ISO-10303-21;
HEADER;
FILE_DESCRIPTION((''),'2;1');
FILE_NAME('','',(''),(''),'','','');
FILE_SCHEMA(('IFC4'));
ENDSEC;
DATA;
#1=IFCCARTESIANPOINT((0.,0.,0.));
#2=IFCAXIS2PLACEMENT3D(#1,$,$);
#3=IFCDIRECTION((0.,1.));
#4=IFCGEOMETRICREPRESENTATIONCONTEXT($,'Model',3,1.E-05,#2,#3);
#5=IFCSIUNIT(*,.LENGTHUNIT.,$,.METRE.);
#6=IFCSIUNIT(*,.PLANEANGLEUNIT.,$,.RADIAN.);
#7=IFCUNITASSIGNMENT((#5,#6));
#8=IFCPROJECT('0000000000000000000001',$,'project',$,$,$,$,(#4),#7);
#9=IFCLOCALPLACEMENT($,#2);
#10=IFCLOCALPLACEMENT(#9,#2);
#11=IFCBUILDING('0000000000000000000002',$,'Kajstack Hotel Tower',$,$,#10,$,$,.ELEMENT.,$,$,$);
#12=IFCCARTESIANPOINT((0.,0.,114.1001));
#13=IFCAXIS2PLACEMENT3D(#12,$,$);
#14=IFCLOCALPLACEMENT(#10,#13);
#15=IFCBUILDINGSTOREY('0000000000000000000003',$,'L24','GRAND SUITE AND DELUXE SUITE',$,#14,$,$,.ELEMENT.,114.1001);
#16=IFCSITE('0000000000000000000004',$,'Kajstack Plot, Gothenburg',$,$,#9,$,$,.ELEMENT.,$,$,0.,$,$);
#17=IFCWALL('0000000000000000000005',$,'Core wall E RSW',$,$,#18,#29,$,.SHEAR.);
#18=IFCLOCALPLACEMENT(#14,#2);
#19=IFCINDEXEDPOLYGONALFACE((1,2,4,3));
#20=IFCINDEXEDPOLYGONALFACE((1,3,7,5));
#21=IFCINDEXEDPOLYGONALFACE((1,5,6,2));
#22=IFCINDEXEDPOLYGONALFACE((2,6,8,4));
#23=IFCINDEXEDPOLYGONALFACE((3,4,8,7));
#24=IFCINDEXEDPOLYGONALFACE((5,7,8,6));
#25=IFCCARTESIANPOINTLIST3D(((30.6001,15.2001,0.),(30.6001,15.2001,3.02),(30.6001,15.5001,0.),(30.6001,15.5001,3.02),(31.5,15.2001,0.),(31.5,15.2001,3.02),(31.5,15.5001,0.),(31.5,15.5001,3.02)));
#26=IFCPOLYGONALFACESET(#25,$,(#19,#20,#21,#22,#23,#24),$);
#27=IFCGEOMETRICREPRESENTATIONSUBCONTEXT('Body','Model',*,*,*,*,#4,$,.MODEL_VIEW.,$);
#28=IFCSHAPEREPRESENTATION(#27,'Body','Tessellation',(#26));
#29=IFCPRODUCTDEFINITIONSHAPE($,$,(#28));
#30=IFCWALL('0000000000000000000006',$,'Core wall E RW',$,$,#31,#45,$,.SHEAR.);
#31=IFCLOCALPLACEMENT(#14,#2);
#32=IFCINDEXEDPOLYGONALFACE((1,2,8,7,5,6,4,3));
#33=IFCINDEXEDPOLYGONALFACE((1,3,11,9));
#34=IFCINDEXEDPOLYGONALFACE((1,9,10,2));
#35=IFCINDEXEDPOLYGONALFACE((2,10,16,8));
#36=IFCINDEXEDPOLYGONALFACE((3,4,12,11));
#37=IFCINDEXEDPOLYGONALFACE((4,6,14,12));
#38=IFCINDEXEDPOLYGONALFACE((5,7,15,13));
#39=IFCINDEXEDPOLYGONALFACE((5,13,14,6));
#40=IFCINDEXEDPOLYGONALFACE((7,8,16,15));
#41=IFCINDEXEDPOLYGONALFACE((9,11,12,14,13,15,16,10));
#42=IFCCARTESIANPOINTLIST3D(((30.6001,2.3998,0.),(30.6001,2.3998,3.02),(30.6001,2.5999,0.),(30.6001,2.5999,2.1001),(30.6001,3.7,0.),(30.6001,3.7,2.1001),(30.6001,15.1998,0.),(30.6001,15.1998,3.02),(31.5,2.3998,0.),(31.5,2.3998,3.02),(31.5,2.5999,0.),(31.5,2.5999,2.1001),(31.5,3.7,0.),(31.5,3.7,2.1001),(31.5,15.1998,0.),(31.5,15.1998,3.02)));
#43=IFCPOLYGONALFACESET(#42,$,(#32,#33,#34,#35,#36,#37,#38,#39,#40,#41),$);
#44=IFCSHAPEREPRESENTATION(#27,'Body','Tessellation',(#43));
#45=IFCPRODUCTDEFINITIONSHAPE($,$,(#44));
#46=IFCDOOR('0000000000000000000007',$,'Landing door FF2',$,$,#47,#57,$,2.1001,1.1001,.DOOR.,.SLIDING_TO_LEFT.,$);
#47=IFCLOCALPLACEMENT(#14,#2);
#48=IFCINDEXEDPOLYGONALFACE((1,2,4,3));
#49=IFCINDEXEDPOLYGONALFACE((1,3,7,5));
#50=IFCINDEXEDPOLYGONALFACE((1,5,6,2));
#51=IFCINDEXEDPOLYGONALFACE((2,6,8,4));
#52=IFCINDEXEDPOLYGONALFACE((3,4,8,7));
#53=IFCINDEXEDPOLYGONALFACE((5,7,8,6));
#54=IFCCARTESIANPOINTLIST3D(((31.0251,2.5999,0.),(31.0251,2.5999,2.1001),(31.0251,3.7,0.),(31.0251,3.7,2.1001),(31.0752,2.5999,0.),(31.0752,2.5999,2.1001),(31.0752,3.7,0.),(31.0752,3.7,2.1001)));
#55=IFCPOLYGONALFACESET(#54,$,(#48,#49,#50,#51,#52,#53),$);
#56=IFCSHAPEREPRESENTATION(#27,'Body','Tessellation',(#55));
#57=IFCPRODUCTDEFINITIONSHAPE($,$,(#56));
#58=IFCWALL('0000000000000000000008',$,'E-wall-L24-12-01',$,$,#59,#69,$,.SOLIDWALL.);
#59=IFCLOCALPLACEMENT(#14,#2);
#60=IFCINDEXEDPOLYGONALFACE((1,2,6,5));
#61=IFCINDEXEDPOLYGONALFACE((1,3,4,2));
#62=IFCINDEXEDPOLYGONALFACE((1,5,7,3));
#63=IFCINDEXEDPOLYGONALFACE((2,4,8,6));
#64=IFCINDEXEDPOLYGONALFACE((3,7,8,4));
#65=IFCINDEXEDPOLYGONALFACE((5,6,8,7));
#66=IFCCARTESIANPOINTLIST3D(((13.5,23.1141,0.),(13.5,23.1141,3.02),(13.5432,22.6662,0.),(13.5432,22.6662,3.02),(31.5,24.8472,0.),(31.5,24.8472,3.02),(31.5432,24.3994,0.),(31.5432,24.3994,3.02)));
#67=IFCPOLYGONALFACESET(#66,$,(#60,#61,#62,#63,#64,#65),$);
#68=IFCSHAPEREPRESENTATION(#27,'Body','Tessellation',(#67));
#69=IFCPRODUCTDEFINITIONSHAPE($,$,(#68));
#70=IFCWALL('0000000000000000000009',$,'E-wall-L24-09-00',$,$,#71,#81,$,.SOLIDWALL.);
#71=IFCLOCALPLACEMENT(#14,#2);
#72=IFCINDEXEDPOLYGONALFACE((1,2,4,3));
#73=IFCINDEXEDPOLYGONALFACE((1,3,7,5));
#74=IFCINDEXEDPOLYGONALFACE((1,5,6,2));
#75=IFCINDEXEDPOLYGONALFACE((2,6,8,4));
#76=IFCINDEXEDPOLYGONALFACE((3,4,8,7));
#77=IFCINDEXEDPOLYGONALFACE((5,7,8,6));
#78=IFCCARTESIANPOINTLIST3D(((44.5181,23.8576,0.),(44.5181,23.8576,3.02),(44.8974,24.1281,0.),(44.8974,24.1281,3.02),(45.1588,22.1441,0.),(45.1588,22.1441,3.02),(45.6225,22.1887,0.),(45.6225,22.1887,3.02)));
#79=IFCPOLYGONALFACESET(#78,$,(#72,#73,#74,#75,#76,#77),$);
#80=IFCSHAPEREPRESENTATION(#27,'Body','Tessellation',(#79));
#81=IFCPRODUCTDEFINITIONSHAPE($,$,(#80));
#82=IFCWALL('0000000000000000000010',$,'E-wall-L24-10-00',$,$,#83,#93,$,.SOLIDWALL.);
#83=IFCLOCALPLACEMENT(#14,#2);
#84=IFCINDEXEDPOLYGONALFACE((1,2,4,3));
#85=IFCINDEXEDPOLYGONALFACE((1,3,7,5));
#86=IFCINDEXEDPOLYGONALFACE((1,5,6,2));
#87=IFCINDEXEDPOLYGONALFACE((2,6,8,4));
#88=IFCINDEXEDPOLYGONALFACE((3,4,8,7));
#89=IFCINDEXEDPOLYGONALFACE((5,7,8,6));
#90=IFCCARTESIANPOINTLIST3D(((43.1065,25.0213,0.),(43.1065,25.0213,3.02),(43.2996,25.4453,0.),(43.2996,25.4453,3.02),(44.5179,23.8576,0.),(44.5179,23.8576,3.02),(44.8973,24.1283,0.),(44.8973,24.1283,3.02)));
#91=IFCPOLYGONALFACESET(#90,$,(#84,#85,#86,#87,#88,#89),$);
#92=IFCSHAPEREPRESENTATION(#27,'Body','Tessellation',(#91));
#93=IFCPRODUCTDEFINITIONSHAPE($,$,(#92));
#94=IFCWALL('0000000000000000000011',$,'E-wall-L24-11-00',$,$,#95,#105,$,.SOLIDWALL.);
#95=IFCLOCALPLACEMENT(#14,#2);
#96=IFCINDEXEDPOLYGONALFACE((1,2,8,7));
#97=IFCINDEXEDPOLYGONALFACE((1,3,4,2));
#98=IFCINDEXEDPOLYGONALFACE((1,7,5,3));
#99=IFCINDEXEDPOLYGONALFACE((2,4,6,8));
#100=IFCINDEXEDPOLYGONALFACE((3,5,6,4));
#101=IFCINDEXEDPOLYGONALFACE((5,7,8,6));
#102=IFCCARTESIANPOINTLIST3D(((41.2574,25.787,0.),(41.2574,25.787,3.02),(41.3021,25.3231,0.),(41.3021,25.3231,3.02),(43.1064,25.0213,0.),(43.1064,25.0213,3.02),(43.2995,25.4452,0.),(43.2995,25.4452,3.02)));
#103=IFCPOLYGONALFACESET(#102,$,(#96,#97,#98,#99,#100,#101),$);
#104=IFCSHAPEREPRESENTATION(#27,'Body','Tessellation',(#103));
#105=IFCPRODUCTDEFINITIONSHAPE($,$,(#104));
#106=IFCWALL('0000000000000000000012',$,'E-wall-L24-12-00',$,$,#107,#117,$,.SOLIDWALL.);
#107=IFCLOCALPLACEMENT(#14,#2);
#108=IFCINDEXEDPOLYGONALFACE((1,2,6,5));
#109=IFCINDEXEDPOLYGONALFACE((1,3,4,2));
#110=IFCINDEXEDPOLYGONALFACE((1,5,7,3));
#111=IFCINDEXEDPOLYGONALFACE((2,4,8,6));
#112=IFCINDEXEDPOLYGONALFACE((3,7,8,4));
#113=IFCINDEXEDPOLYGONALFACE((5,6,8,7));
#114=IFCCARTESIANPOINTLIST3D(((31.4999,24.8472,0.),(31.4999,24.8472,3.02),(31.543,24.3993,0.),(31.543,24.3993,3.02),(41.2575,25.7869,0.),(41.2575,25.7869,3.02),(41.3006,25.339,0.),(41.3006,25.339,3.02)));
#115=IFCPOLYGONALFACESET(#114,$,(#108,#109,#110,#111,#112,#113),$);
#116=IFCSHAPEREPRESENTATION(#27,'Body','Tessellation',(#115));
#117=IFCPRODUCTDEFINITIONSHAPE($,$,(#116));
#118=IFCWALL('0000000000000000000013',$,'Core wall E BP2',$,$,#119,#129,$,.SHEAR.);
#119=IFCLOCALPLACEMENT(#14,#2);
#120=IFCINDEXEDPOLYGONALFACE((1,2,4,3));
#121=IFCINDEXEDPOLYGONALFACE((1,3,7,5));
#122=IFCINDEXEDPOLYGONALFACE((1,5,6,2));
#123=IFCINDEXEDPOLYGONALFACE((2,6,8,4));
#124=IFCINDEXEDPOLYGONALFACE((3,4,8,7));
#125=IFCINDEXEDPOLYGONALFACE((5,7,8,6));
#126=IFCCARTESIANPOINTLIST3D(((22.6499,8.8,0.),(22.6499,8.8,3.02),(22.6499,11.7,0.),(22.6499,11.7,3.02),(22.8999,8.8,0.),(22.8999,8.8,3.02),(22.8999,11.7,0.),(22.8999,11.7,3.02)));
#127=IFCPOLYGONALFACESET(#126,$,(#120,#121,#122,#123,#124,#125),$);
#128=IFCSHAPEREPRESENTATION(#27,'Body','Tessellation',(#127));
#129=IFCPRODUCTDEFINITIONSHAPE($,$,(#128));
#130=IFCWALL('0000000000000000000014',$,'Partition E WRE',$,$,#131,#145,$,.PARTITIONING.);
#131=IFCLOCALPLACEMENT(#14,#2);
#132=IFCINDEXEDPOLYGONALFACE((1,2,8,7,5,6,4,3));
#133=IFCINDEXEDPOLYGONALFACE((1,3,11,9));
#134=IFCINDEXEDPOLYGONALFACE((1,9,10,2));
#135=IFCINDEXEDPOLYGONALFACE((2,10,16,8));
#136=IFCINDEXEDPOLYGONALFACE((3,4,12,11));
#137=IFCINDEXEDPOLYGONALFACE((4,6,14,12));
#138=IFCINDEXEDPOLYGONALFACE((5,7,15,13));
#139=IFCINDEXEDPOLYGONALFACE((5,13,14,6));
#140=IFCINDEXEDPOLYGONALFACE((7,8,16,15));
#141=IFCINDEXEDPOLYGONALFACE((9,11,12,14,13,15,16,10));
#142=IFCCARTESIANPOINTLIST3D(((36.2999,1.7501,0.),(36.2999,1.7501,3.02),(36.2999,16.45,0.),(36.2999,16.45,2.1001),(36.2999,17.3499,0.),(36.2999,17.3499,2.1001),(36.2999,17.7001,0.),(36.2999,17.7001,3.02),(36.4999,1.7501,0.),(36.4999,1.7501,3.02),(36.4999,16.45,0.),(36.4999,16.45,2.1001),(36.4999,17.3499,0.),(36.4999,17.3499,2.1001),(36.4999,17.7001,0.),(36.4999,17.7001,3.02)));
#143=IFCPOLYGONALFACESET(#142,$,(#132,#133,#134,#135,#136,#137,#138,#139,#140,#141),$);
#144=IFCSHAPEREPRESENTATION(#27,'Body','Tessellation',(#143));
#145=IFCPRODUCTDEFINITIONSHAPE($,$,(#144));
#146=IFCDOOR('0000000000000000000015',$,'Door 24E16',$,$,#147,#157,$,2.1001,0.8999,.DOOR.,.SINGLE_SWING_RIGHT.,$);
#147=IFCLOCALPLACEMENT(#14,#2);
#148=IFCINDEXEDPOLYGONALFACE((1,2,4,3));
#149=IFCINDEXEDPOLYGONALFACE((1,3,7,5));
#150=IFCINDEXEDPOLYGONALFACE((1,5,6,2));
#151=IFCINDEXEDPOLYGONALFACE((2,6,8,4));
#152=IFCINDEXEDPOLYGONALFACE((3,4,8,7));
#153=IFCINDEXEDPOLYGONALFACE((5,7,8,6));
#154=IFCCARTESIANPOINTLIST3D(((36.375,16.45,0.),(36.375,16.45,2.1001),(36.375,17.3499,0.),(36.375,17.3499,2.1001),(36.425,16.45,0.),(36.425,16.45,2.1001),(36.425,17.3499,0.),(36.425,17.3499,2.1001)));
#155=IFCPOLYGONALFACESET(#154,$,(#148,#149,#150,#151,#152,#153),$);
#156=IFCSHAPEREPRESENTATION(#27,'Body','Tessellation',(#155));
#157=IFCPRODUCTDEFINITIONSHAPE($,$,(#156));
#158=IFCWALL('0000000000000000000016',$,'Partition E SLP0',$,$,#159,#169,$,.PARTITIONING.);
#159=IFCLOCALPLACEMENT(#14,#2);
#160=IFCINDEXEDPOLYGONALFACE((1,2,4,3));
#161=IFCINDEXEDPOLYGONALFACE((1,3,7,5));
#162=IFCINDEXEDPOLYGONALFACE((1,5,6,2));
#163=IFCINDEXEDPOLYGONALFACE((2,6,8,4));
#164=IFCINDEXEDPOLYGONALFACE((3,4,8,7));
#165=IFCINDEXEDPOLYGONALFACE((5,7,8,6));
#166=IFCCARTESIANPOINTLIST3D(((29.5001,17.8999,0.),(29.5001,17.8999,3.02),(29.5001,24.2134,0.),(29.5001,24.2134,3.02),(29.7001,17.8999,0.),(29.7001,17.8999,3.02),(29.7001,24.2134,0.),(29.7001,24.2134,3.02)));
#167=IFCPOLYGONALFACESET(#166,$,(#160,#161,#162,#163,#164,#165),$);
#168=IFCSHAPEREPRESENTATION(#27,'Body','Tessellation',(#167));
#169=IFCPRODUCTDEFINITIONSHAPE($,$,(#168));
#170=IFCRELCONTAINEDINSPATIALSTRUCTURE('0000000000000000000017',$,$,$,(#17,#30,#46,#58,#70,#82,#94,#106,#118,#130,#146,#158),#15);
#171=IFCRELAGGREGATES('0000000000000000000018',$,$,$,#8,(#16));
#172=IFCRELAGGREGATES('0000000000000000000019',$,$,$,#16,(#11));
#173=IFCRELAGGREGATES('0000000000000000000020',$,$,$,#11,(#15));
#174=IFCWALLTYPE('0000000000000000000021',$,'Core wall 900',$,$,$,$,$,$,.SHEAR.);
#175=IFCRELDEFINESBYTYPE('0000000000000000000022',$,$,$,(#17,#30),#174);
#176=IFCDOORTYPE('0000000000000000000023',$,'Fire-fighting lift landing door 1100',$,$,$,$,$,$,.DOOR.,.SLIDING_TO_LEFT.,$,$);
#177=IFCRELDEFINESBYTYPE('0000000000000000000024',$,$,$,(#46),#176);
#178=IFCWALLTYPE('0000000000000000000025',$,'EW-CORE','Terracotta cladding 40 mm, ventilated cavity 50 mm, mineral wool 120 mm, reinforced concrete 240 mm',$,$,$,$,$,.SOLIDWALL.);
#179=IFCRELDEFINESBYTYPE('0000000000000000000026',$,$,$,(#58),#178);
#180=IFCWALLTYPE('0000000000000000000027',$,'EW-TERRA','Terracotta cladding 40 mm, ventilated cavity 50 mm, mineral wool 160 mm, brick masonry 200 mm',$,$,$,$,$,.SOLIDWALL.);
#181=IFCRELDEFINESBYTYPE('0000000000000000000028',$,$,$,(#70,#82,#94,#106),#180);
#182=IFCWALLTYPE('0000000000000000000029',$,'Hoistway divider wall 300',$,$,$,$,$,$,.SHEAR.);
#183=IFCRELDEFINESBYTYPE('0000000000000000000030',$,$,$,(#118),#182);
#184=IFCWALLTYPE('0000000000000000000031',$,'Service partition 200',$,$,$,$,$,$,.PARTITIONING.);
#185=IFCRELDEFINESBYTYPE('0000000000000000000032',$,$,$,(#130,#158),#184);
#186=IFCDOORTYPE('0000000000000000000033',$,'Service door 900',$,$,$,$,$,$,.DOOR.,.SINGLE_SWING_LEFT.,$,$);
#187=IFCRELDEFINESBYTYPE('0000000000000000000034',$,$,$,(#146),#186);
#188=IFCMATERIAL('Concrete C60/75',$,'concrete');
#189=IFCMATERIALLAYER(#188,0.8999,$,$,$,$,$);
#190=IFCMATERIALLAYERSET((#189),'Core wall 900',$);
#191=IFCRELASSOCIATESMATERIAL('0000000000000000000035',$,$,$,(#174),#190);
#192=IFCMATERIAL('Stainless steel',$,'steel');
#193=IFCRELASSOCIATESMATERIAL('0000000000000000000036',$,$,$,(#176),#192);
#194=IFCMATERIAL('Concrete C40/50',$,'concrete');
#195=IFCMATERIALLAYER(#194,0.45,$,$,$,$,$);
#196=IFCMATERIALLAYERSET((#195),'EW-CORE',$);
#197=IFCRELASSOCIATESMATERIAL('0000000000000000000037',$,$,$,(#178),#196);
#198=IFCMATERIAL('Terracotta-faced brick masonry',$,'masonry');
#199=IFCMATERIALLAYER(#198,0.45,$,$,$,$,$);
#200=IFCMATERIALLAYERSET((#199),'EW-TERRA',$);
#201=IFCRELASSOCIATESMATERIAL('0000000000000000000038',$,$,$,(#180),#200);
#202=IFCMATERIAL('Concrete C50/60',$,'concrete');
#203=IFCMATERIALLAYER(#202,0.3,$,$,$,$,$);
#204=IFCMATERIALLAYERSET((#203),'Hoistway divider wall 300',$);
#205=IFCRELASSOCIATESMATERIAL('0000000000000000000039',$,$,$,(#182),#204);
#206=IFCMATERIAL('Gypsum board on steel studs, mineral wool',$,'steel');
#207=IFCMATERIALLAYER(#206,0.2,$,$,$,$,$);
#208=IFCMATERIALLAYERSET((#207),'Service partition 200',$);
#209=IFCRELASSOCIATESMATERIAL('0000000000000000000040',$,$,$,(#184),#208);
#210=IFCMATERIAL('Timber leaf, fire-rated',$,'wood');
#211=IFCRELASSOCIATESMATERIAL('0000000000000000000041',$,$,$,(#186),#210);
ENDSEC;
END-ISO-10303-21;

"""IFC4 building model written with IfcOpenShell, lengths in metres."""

from ifc_helpers import new_model, si_unit, direction, frame, frame_2d, origin, place, context, subcontext, project, spatial, polyline, rectangle, outline, extrude, material, layer, layer_set, type_object, element, fill, save


model = new_model("IFC4")

# Units and contexts
model_context = context("Model", 3, precision=1e-05, world=origin(), true_north=direction((0.0, 1.0)))
body_context = subcontext(model_context, "Body", "Model", "MODEL_VIEW")
ifc_project = project(units=[si_unit("LENGTHUNIT", "METRE"), si_unit("PLANEANGLEUNIT", "RADIAN")], contexts=[model_context])

# Site, building, storey
site_placement = place(None, origin())
site = spatial("IfcSite", under=ifc_project, at=site_placement, Name="Kajstack Plot, Gothenburg", CompositionType="ELEMENT", RefElevation=0.0)
building_placement = place(site_placement, origin())
building = spatial("IfcBuilding", under=site, at=building_placement, Name="Kajstack Hotel Tower", CompositionType="ELEMENT")
storey_placement = place(building_placement, frame((0.0, 0.0, 114.1001)))
storey = spatial("IfcBuildingStorey", under=building, at=storey_placement, Name="L24", Description="GRAND SUITE AND DELUXE SUITE", CompositionType="ELEMENT", Elevation=114.1001)

# Wall
ifc_material_1 = material(Name="Concrete C60/75", Category="concrete")
ifc_layer_1 = layer(ifc_material_1, 0.8999)
ifc_layer_set_1 = layer_set([ifc_layer_1], Name="Core wall 900")
wall_type_1 = type_object("IfcWallType", Name="Core wall 900", PredefinedType="SHEAR", material=ifc_layer_set_1)
wall_1_placement = place(storey_placement, frame((30.6001, 15.3501, 0.0), z_axis=(0.0, 0.0, 1.0), x_axis=(1.0, 0.0, 0.0)))
element("IfcWall", 1, at=wall_1_placement, inside=storey, type_object=wall_type_1, Name="Core wall E RSW", PredefinedType="SHEAR", context=body_context, shape_type="SweptSolid", body=[
    extrude(rectangle(XDim=0.8999, YDim=0.3, at=frame_2d((0.45, 0.0))), origin(), (0.0, 0.0, 1.0), 3.02),
])

# Wall, opening, door
wall_2_placement = place(storey_placement, frame((31.05, 2.3999, 0.0), z_axis=(0.0, 0.0, 1.0), x_axis=(0.0, 1.0, 0.0)))
wall_2 = element("IfcWall", 2, at=wall_2_placement, inside=storey, type_object=wall_type_1, Name="Core wall E RW", PredefinedType="SHEAR", context=body_context, shape_type="SweptSolid", body=[
    extrude(rectangle(XDim=12.8, YDim=0.8999, at=frame_2d((6.3999, 0.0))), origin(), (0.0, 0.0, 1.0), 3.02),
])
opening_1_placement = place(wall_2_placement, frame((0.2, 0.0, 0.0)))
opening_1 = element("IfcOpeningElement", 3, at=opening_1_placement, cuts=wall_2, PredefinedType="OPENING", context=body_context, shape_type="SweptSolid", body=[
    extrude(rectangle(XDim=1.1001, YDim=2.1001, at=frame_2d((0.55, 1.05))), frame((0.0, 0.46, 0.0), z_axis=(0.0, -1.0, 0.0), x_axis=(1.0, 0.0, 0.0)), (0.0, 0.0, 1.0), 0.9199),
])
ifc_material_2 = material(Name="Stainless steel", Category="steel")
door_type_1 = type_object("IfcDoorType", Name="Fire-fighting lift landing door 1100", OperationType="SLIDING_TO_LEFT", PredefinedType="DOOR", material=ifc_material_2)
door_1_placement = place(opening_1_placement, origin())
door_1 = element("IfcDoor", 4, at=door_1_placement, inside=storey, type_object=door_type_1, Name="Landing door FF2", OperationType="SLIDING_TO_LEFT", OverallHeight=2.1001, OverallWidth=1.1001, PredefinedType="DOOR", context=body_context, shape_type="SweptSolid", body=[
    extrude(rectangle(XDim=1.1001, YDim=2.1001, at=frame_2d((0.55, 1.05))), frame((0.0, 0.0249, 0.0), z_axis=(0.0, -1.0, 0.0), x_axis=(1.0, 0.0, 0.0)), (0.0, 0.0, 1.0), 0.05),
])
fill(opening_1, door_1)

# Walls
ifc_material_3 = material(Name="Concrete C40/50", Category="concrete")
ifc_layer_2 = layer(ifc_material_3, 0.45)
ifc_layer_set_2 = layer_set([ifc_layer_2], Name="EW-CORE")
wall_type_2 = type_object("IfcWallType", Name="EW-CORE", Description="Terracotta cladding 40 mm, ventilated cavity 50 mm, mineral wool 120 mm, reinforced concrete 240 mm", PredefinedType="SOLIDWALL", material=ifc_layer_set_2)
wall_3_placement = place(storey_placement, frame((31.5215, 24.6233, 0.0), z_axis=(0.0, 0.0, 1.0), x_axis=(-0.995396, -0.095843, 0.0)))
element("IfcWall", 5, at=wall_3_placement, inside=storey, type_object=wall_type_2, Name="E-wall-L24-12-01", PredefinedType="SOLIDWALL", context=body_context, shape_type="SweptSolid", body=[
    extrude(rectangle(XDim=18.0833, YDim=0.45, at=frame_2d((9.0415, 0.0))), origin(), (0.0, 0.0, 1.0), 3.02),
])
ifc_material_4 = material(Name="Terracotta-faced brick masonry", Category="masonry")
ifc_layer_3 = layer(ifc_material_4, 0.45)
ifc_layer_set_3 = layer_set([ifc_layer_3], Name="EW-TERRA")
wall_type_3 = type_object("IfcWallType", Name="EW-TERRA", Description="Terracotta cladding 40 mm, ventilated cavity 50 mm, mineral wool 160 mm, brick masonry 200 mm", PredefinedType="SOLIDWALL", material=ifc_layer_set_3)
wall_4_placement = place(storey_placement, frame((45.4116, 22.1099, 0.0), z_axis=(0.0, 0.0, 1.0), x_axis=(-0.350193, 0.936678, 0.0)))
element("IfcWall", 6, at=wall_4_placement, inside=storey, type_object=wall_type_3, Name="E-wall-L24-09-00", PredefinedType="SOLIDWALL", context=body_context, shape_type="SweptSolid", body=[
    extrude(outline(polyline([(0.0, -0.2251), (2.0706, -0.2251), (1.95, 0.2249), (0.1206, 0.2249), (0.0, -0.2251)])), origin(), (0.0, 0.0, 1.0), 3.02),
])
wall_5_placement = place(storey_placement, frame((44.7542, 23.9546, 0.0), z_axis=(0.0, 0.0, 1.0), x_axis=(-0.771651, 0.636046, 0.0)))
element("IfcWall", 7, at=wall_5_placement, inside=storey, type_object=wall_type_3, Name="E-wall-L24-10-00", PredefinedType="SOLIDWALL", context=body_context, shape_type="SweptSolid", body=[
    extrude(outline(polyline([(0.0, -0.2251), (2.0706, -0.2251), (1.95, 0.2249), (0.1206, 0.2251), (0.0, -0.2251)])), origin(), (0.0, 0.0, 1.0), 3.02),
])
wall_6_placement = place(storey_placement, frame((43.2625, 25.2234, 0.0), z_axis=(0.0, 0.0, 1.0), x_axis=(-0.986298, 0.164973, 0.0)))
element("IfcWall", 8, at=wall_6_placement, inside=storey, type_object=wall_type_3, Name="E-wall-L24-11-00", PredefinedType="SOLIDWALL", context=body_context, shape_type="SweptSolid", body=[
    extrude(outline(polyline([(0.0, -0.2249), (2.0706, -0.2251), (1.95, 0.2251), (0.1206, 0.2251), (0.0, -0.2249)])), origin(), (0.0, 0.0, 1.0), 3.02),
])
wall_7_placement = place(storey_placement, frame((41.2791, 25.563, 0.0), z_axis=(0.0, 0.0, 1.0), x_axis=(-0.995395, -0.095861, 0.0)))
element("IfcWall", 9, at=wall_7_placement, inside=storey, type_object=wall_type_3, Name="E-wall-L24-12-00", PredefinedType="SOLIDWALL", context=body_context, shape_type="SweptSolid", body=[
    extrude(rectangle(XDim=9.8027, YDim=0.45, at=frame_2d((4.9014, 0.0))), origin(), (0.0, 0.0, 1.0), 3.02),
])
ifc_material_5 = material(Name="Concrete C50/60", Category="concrete")
ifc_layer_4 = layer(ifc_material_5, 0.3)
ifc_layer_set_4 = layer_set([ifc_layer_4], Name="Hoistway divider wall 300")
wall_type_4 = type_object("IfcWallType", Name="Hoistway divider wall 300", PredefinedType="SHEAR", material=ifc_layer_set_4)
wall_8_placement = place(storey_placement, frame((22.7749, 8.8, 0.0), z_axis=(0.0, 0.0, 1.0), x_axis=(0.0, 1.0, 0.0)))
element("IfcWall", 10, at=wall_8_placement, inside=storey, type_object=wall_type_4, Name="Core wall E BP2", PredefinedType="SHEAR", context=body_context, shape_type="SweptSolid", body=[
    extrude(rectangle(XDim=2.8999, YDim=0.25, at=frame_2d((1.45, 0.0))), origin(), (0.0, 0.0, 1.0), 3.02),
])

# Wall, opening, door
ifc_material_6 = material(Name="Gypsum board on steel studs, mineral wool", Category="steel")
ifc_layer_5 = layer(ifc_material_6, 0.2)
ifc_layer_set_5 = layer_set([ifc_layer_5], Name="Service partition 200")
wall_type_5 = type_object("IfcWallType", Name="Service partition 200", PredefinedType="PARTITIONING", material=ifc_layer_set_5)
wall_9_placement = place(storey_placement, frame((36.3999, 1.75, 0.0), z_axis=(0.0, 0.0, 1.0), x_axis=(0.0, 1.0, 0.0)))
wall_9 = element("IfcWall", 11, at=wall_9_placement, inside=storey, type_object=wall_type_5, Name="Partition E WRE", PredefinedType="PARTITIONING", context=body_context, shape_type="SweptSolid", body=[
    extrude(rectangle(XDim=15.95, YDim=0.2, at=frame_2d((7.9751, 0.0))), origin(), (0.0, 0.0, 1.0), 3.02),
])
opening_2_placement = place(wall_9_placement, frame((14.7, 0.0, 0.0)))
opening_2 = element("IfcOpeningElement", 12, at=opening_2_placement, cuts=wall_9, PredefinedType="OPENING", context=body_context, shape_type="SweptSolid", body=[
    extrude(rectangle(XDim=0.8999, YDim=2.1001, at=frame_2d((0.45, 1.05))), frame((0.0, 0.1099, 0.0), z_axis=(0.0, -1.0, 0.0), x_axis=(1.0, 0.0, 0.0)), (0.0, 0.0, 1.0), 0.22),
])
ifc_material_7 = material(Name="Timber leaf, fire-rated", Category="wood")
door_type_2 = type_object("IfcDoorType", Name="Service door 900", OperationType="SINGLE_SWING_LEFT", PredefinedType="DOOR", material=ifc_material_7)
door_2_placement = place(opening_2_placement, origin())
door_2 = element("IfcDoor", 13, at=door_2_placement, inside=storey, type_object=door_type_2, Name="Door 24E16", OperationType="SINGLE_SWING_RIGHT", OverallHeight=2.1001, OverallWidth=0.8999, PredefinedType="DOOR", context=body_context, shape_type="SweptSolid", body=[
    extrude(rectangle(XDim=0.8999, YDim=2.1001, at=frame_2d((0.45, 1.05))), frame((0.0, 0.0249, 0.0), z_axis=(0.0, -1.0, 0.0), x_axis=(1.0, 0.0, 0.0)), (0.0, 0.0, 1.0), 0.05),
])
fill(opening_2, door_2)

# Wall
wall_10_placement = place(storey_placement, frame((29.6001, 17.8999, 0.0), z_axis=(0.0, 0.0, 1.0), x_axis=(0.0, 1.0, 0.0)))
element("IfcWall", 14, at=wall_10_placement, inside=storey, type_object=wall_type_5, Name="Partition E SLP0", PredefinedType="PARTITIONING", context=body_context, shape_type="SweptSolid", body=[
    extrude(rectangle(XDim=6.3135, YDim=0.2, at=frame_2d((3.1567, 0.0))), origin(), (0.0, 0.0, 1.0), 3.02),
])

save(model, "model.ifc")
